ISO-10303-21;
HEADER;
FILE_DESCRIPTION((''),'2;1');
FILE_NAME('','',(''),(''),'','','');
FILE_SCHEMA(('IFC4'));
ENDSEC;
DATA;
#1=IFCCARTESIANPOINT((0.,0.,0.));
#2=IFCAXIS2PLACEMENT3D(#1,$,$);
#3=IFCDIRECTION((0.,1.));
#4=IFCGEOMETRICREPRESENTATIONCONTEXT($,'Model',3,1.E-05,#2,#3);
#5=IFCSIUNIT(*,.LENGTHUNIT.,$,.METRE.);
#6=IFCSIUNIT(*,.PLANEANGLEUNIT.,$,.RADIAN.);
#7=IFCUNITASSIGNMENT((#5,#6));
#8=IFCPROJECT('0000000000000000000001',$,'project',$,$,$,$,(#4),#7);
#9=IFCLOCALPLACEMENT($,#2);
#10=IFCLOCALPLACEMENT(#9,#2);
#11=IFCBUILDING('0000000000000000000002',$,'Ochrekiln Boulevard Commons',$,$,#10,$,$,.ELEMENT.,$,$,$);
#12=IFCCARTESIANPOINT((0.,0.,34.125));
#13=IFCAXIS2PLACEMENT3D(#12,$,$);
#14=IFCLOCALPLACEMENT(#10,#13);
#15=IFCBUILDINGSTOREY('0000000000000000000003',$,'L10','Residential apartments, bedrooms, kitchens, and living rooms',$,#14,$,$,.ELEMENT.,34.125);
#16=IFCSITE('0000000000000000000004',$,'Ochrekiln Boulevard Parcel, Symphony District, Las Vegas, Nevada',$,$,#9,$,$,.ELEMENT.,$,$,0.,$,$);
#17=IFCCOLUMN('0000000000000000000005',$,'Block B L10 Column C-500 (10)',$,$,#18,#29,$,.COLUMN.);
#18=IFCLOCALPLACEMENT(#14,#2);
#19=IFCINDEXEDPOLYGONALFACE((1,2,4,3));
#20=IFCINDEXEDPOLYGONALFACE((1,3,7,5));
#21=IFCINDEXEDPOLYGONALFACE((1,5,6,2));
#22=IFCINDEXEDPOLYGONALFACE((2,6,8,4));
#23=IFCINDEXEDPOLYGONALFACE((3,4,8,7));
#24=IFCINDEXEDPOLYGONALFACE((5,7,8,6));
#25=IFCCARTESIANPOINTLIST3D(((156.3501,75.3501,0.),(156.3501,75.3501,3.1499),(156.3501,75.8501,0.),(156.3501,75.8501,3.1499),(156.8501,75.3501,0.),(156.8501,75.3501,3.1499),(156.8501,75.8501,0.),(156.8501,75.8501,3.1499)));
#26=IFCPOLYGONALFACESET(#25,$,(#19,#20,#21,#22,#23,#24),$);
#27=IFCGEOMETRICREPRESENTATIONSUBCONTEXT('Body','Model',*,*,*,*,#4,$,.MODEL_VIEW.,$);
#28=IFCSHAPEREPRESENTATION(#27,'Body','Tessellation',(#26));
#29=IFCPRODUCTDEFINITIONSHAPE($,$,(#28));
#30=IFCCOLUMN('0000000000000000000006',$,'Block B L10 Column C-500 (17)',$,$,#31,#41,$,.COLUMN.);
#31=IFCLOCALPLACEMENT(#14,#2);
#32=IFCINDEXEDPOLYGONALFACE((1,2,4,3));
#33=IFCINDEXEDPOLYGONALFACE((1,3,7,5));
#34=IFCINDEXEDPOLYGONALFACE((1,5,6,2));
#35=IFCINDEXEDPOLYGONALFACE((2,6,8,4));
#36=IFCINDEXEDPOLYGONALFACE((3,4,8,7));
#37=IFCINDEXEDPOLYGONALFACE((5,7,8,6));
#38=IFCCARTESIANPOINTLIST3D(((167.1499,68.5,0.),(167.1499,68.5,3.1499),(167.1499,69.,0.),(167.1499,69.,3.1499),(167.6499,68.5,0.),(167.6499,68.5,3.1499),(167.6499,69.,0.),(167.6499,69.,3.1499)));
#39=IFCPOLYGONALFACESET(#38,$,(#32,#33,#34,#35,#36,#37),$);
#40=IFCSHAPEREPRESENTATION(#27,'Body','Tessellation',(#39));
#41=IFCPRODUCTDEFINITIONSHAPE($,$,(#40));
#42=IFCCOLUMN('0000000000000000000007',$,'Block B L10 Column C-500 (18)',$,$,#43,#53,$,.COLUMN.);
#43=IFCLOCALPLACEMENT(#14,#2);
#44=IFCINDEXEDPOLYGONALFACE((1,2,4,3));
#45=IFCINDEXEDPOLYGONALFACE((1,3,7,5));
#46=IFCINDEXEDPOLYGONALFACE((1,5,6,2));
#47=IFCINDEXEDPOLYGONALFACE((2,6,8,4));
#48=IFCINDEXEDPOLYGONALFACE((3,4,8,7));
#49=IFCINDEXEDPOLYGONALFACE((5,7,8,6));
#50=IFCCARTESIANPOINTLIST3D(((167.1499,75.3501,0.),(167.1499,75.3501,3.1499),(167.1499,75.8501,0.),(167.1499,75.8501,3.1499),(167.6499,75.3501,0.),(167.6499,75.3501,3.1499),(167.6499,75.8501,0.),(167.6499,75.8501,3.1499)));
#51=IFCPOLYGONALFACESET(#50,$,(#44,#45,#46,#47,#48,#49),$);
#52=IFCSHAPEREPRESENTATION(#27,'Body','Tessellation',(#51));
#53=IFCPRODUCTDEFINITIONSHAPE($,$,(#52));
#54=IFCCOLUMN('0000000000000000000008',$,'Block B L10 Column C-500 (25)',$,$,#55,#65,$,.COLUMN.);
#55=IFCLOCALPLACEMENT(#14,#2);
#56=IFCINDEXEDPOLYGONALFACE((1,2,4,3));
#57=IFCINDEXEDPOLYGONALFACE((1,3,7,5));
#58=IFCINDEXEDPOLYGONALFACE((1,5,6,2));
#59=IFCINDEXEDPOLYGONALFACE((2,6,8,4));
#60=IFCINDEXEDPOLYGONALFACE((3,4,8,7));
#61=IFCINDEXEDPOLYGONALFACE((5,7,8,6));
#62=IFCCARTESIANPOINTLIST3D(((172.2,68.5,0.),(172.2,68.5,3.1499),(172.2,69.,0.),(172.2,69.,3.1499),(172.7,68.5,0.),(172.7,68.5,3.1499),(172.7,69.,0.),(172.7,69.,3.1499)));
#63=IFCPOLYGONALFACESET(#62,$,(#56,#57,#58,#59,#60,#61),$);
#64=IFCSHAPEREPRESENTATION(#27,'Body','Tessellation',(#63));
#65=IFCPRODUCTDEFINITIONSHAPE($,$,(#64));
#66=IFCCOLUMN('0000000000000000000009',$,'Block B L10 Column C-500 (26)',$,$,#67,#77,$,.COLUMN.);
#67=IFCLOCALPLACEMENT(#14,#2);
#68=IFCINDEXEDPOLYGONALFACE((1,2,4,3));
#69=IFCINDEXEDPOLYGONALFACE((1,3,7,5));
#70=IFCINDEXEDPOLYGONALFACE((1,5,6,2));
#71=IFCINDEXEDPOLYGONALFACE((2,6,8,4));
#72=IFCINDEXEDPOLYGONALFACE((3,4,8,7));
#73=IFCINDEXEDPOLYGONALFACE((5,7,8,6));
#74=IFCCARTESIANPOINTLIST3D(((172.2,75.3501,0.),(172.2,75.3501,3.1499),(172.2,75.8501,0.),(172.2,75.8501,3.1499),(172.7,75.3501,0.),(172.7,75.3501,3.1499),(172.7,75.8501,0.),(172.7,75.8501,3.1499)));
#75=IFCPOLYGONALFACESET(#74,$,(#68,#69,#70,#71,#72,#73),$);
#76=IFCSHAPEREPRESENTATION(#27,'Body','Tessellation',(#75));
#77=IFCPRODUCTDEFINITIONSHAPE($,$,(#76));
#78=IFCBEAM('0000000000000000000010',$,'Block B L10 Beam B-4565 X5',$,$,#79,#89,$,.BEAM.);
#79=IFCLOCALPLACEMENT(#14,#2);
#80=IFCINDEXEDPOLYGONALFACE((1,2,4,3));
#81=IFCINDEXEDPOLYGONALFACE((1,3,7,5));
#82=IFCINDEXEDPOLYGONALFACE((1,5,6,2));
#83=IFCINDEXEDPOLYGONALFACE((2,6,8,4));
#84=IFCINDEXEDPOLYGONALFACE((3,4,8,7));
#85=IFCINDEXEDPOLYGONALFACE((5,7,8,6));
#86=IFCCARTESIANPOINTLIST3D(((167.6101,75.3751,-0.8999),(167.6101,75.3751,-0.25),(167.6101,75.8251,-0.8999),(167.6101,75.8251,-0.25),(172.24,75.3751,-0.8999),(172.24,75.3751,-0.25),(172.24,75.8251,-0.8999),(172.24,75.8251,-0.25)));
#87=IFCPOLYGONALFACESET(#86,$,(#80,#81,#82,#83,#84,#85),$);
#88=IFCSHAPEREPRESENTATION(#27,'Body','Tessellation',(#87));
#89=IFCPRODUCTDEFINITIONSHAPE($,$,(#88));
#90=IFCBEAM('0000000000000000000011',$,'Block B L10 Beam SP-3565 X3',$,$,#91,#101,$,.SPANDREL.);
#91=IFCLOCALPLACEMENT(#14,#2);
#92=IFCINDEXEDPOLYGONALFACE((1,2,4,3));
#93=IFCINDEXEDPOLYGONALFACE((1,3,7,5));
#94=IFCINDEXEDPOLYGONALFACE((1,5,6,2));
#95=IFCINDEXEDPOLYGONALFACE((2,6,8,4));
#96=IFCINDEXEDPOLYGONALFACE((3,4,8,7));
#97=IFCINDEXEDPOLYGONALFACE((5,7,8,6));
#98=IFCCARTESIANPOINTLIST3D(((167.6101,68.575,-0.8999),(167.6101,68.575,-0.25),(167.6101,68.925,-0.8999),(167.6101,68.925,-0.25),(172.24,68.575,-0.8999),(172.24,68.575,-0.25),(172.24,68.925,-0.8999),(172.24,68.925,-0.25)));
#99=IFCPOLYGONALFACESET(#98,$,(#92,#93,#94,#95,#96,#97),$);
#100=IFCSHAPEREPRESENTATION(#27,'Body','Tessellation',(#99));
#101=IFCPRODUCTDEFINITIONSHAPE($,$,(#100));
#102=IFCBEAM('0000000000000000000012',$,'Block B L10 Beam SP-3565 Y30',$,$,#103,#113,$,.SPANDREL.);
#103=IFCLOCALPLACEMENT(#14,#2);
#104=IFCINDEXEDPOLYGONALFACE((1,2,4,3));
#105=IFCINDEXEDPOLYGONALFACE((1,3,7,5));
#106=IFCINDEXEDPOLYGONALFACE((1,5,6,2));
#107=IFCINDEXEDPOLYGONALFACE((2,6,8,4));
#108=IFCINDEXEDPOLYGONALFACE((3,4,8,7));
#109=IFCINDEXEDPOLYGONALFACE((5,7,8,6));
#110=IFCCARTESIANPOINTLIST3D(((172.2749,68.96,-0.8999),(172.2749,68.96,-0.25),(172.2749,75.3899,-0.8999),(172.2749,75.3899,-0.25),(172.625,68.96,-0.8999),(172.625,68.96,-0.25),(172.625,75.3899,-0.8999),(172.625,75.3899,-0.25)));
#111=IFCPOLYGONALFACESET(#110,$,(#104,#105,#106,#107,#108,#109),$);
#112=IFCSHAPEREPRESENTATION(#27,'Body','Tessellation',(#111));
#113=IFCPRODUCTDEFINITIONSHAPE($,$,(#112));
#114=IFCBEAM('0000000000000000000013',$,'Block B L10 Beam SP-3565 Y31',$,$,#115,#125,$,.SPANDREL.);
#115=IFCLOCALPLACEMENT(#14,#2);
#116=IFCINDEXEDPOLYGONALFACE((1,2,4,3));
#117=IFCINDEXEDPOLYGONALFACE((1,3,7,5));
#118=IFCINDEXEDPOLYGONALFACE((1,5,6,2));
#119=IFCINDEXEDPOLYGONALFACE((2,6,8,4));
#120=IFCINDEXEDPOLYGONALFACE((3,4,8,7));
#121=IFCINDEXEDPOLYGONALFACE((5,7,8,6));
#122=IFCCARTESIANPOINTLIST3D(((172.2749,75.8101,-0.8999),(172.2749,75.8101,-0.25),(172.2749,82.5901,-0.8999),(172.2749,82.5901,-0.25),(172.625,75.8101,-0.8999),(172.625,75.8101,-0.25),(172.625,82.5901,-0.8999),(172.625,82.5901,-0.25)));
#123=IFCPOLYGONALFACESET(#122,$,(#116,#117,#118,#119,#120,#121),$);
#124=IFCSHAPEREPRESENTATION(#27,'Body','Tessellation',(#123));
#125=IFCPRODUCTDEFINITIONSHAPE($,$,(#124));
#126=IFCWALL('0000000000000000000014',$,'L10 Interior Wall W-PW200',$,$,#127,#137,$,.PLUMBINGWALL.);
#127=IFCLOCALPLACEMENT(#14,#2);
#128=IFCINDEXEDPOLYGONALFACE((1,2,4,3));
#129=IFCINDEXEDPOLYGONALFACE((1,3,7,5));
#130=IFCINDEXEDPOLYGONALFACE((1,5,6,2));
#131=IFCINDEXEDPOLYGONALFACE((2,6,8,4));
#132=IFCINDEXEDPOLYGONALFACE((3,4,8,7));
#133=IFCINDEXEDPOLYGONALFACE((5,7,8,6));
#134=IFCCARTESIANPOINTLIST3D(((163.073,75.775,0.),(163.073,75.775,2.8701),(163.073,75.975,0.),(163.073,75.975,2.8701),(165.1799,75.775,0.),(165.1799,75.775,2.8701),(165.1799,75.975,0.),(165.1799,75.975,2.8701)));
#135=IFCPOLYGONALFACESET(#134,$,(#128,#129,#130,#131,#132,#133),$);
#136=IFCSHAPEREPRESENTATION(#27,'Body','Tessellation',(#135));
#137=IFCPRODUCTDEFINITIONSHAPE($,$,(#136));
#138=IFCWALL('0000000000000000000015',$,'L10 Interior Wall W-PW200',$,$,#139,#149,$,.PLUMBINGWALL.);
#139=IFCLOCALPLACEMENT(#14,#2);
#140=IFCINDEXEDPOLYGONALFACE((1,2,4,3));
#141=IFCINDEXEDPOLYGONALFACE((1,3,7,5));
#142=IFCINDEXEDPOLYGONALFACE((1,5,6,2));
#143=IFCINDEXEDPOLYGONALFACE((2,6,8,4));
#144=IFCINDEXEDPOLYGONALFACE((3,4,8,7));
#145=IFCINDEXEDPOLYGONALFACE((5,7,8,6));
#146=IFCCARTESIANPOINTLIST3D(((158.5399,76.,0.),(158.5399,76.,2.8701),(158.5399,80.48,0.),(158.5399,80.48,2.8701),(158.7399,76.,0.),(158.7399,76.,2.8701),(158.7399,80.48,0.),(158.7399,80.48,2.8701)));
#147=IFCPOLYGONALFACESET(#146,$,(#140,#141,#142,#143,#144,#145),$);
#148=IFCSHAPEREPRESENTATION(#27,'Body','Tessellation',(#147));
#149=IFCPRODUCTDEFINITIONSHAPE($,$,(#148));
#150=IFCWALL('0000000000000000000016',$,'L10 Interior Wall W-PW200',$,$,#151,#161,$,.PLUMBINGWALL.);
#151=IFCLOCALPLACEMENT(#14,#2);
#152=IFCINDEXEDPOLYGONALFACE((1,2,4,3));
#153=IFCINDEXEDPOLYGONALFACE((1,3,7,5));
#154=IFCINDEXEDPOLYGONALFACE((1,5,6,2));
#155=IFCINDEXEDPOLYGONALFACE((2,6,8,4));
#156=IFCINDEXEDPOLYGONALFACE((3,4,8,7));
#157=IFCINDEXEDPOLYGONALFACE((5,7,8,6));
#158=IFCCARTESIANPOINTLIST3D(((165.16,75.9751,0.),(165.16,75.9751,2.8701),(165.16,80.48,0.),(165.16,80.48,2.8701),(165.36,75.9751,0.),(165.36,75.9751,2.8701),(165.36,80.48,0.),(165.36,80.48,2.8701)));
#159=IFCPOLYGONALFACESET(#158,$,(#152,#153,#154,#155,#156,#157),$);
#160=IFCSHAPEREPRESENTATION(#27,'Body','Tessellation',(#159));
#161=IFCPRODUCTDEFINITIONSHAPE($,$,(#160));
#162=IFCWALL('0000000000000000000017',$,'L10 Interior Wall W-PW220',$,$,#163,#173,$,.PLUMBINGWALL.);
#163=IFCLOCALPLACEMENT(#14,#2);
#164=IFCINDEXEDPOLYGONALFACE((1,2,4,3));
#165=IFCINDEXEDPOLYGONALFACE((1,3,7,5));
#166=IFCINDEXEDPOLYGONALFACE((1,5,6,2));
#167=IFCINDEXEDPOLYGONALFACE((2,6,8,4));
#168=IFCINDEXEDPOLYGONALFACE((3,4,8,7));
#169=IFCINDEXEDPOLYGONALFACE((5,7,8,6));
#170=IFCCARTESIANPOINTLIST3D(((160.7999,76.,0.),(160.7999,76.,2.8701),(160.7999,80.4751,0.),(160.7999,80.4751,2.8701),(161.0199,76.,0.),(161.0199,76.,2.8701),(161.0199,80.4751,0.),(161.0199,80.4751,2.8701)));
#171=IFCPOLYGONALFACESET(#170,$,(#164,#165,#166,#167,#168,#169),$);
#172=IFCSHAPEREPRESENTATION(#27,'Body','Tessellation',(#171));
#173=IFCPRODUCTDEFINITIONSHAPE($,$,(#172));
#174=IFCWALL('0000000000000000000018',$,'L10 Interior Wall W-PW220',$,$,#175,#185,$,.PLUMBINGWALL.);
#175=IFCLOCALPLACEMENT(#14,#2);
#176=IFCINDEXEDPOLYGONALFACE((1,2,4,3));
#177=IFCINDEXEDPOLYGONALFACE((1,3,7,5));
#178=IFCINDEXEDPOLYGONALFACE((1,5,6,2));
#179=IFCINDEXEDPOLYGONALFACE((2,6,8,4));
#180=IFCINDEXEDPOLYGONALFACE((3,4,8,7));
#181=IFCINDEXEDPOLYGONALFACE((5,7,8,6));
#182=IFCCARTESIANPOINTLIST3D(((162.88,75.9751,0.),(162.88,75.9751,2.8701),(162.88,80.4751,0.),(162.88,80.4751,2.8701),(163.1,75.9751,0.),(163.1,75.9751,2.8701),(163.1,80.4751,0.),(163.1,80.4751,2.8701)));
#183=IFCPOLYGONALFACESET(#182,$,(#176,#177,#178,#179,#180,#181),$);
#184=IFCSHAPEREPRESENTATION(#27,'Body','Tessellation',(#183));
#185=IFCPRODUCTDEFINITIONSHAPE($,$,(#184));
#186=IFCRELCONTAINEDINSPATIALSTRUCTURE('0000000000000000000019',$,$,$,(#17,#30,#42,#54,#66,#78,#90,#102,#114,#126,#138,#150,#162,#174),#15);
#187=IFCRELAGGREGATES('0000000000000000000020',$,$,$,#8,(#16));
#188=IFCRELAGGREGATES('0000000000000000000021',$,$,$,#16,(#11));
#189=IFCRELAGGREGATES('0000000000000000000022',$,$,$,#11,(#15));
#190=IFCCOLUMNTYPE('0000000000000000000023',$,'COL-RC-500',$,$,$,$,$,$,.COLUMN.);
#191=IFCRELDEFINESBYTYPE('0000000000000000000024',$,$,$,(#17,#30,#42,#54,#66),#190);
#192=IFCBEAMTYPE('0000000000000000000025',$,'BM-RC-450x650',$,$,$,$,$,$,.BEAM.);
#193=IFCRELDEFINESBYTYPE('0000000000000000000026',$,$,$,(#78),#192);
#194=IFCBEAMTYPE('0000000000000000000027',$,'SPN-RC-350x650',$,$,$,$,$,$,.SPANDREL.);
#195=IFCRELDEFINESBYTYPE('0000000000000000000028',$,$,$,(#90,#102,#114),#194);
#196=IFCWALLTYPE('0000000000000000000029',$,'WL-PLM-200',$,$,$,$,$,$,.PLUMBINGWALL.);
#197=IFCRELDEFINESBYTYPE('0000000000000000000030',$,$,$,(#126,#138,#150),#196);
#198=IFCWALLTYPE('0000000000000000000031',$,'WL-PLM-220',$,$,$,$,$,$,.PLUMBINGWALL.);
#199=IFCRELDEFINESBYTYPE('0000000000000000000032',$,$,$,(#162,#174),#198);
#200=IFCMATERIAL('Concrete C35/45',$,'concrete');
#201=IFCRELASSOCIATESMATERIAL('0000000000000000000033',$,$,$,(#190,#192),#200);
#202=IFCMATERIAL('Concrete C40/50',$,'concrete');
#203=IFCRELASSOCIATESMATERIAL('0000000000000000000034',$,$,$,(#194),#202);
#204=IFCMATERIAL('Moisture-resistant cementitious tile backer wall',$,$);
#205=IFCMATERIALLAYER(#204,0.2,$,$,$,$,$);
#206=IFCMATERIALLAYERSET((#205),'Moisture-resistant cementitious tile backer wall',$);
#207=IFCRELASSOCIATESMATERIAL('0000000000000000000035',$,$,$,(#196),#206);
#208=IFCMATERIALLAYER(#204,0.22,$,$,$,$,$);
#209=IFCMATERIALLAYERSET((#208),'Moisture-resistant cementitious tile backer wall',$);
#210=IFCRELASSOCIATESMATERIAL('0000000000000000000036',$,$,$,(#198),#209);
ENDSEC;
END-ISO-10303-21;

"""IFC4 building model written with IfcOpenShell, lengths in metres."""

from ifc_helpers import new_model, si_unit, direction, frame, frame_2d, origin, origin_2d, place, context, subcontext, project, spatial, rectangle, extrude, material, layer, layer_set, material_profile, profile_set, type_object, element, save


model = new_model("IFC4")

# Units and contexts
model_context = context("Model", 3, precision=1e-05, world=origin(), true_north=direction((0.0, 1.0)))
body_context = subcontext(model_context, "Body", "Model", "MODEL_VIEW")
ifc_project = project(units=[si_unit("LENGTHUNIT", "METRE"), si_unit("PLANEANGLEUNIT", "RADIAN")], contexts=[model_context])

# Site, building, storey
site_placement = place(None, origin())
site = spatial("IfcSite", under=ifc_project, at=site_placement, Name="Ochrekiln Boulevard Parcel, Symphony District, Las Vegas, Nevada", CompositionType="ELEMENT", RefElevation=0.0)
building_placement = place(site_placement, origin())
building = spatial("IfcBuilding", under=site, at=building_placement, Name="Ochrekiln Boulevard Commons", CompositionType="ELEMENT")
storey_placement = place(building_placement, frame((0.0, 0.0, 34.125)))
storey = spatial("IfcBuildingStorey", under=building, at=storey_placement, Name="L10", Description="Residential apartments, bedrooms, kitchens, and living rooms", CompositionType="ELEMENT", Elevation=34.125)

# Columns
ifc_material_1 = material(Name="Concrete C35/45", Category="concrete")
ifc_material_profile_1 = material_profile(ifc_material_1, rectangle(XDim=0.5, YDim=0.5, at=origin_2d()), Name="RC-COL-500x500")
ifc_profile_set_1 = profile_set([ifc_material_profile_1], Name="Concrete C35/45")
column_type = type_object("IfcColumnType", Name="COL-RC-500", PredefinedType="COLUMN", material=ifc_profile_set_1)
for number, where, z_axis, x_axis, name in (
    (1, (156.6001, 75.6001, 0.0), (0.0, 0.0, 1.0), (1.0, 0.0, 0.0), "Block B L10 Column C-500 (10)"),
    (2, (167.3999, 68.75, 0.0), (0.0, 0.0, 1.0), (1.0, 0.0, 0.0), "Block B L10 Column C-500 (17)"),
    (3, (167.3999, 75.6001, 0.0), (0.0, 0.0, 1.0), (1.0, 0.0, 0.0), "Block B L10 Column C-500 (18)"),
    (4, (172.45, 68.75, 0.0), (0.0, 0.0, 1.0), (1.0, 0.0, 0.0), "Block B L10 Column C-500 (25)"),
    (5, (172.45, 75.6001, 0.0), (0.0, 0.0, 1.0), (1.0, 0.0, 0.0), "Block B L10 Column C-500 (26)"),
):
    element("IfcColumn", number, at=place(storey_placement, frame(where, z_axis=z_axis, x_axis=x_axis)), inside=storey, type_object=column_type, Name=name, PredefinedType="COLUMN", context=body_context, shape_type="SweptSolid", body=[
        extrude(rectangle(XDim=0.5, YDim=0.5, at=origin_2d()), origin(), (0.0, 0.0, 1.0), 3.1499),
    ])

# Beams
ifc_material_profile_2 = material_profile(ifc_material_1, rectangle(XDim=0.45, YDim=0.6499, at=origin_2d()), Name="RC-BM-450x650")
ifc_profile_set_2 = profile_set([ifc_material_profile_2], Name="Concrete C35/45")
beam_type_1 = type_object("IfcBeamType", Name="BM-RC-450x650", PredefinedType="BEAM", material=ifc_profile_set_2)
beam_1_placement = place(storey_placement, frame((167.6101, 75.6001, -0.575), z_axis=(1.0, 0.0, 0.0), x_axis=(0.0, 1.0, 0.0)))
element("IfcBeam", 6, at=beam_1_placement, inside=storey, type_object=beam_type_1, Name="Block B L10 Beam B-4565 X5", PredefinedType="BEAM", context=body_context, shape_type="SweptSolid", body=[
    extrude(rectangle(XDim=0.45, YDim=0.6499, at=origin_2d()), origin(), (0.0, 0.0, 1.0), 4.6299),
])
ifc_material_2 = material(Name="Concrete C40/50", Category="concrete")
ifc_material_profile_3 = material_profile(ifc_material_2, rectangle(XDim=0.3501, YDim=0.6499, at=origin_2d()), Name="RC-SPN-350x650")
ifc_profile_set_3 = profile_set([ifc_material_profile_3], Name="Concrete C40/50")
beam_type_2 = type_object("IfcBeamType", Name="SPN-RC-350x650", PredefinedType="SPANDREL", material=ifc_profile_set_3)
beam_2_placement = place(storey_placement, frame((167.6101, 68.75, -0.575), z_axis=(1.0, 0.0, 0.0), x_axis=(0.0, 1.0, 0.0)))
element("IfcBeam", 7, at=beam_2_placement, inside=storey, type_object=beam_type_2, Name="Block B L10 Beam SP-3565 X3", PredefinedType="SPANDREL", context=body_context, shape_type="SweptSolid", body=[
    extrude(rectangle(XDim=0.3501, YDim=0.6499, at=origin_2d()), origin(), (0.0, 0.0, 1.0), 4.6299),
])
beam_3_placement = place(storey_placement, frame((172.45, 68.96, -0.575), z_axis=(0.0, 1.0, 0.0), x_axis=(-1.0, 0.0, 0.0)))
element("IfcBeam", 8, at=beam_3_placement, inside=storey, type_object=beam_type_2, Name="Block B L10 Beam SP-3565 Y30", PredefinedType="SPANDREL", context=body_context, shape_type="SweptSolid", body=[
    extrude(rectangle(XDim=0.3501, YDim=0.6499, at=origin_2d()), origin(), (0.0, 0.0, 1.0), 6.4299),
])
beam_4_placement = place(storey_placement, frame((172.45, 75.8101, -0.575), z_axis=(0.0, 1.0, 0.0), x_axis=(-1.0, 0.0, 0.0)))
element("IfcBeam", 9, at=beam_4_placement, inside=storey, type_object=beam_type_2, Name="Block B L10 Beam SP-3565 Y31", PredefinedType="SPANDREL", context=body_context, shape_type="SweptSolid", body=[
    extrude(rectangle(XDim=0.3501, YDim=0.6499, at=origin_2d()), origin(), (0.0, 0.0, 1.0), 6.78),
])

# Walls
ifc_material_3 = material(Name="Moisture-resistant cementitious tile backer wall")
ifc_layer_1 = layer(ifc_material_3, 0.2)
ifc_layer_set_1 = layer_set([ifc_layer_1], Name="Moisture-resistant cementitious tile backer wall")
wall_type_1 = type_object("IfcWallType", Name="WL-PLM-200", PredefinedType="PLUMBINGWALL", material=ifc_layer_set_1)
wall_1_placement = place(storey_placement, frame((163.073, 75.875, 0.0), z_axis=(0.0, 0.0, 1.0), x_axis=(1.0, 0.0, 0.0)))
element("IfcWall", 10, at=wall_1_placement, inside=storey, type_object=wall_type_1, Name="L10 Interior Wall W-PW200", PredefinedType="PLUMBINGWALL", context=body_context, shape_type="SweptSolid", body=[
    extrude(rectangle(XDim=2.1069, YDim=0.2, at=frame_2d((1.0535, 0.0))), origin(), (0.0, 0.0, 1.0), 2.8701),
])
wall_2_placement = place(storey_placement, frame((158.6399, 76.0, 0.0), z_axis=(0.0, 0.0, 1.0), x_axis=(0.0, 1.0, 0.0)))
element("IfcWall", 11, at=wall_2_placement, inside=storey, type_object=wall_type_1, Name="L10 Interior Wall W-PW200", PredefinedType="PLUMBINGWALL", context=body_context, shape_type="SweptSolid", body=[
    extrude(rectangle(XDim=4.48, YDim=0.2, at=frame_2d((2.24, 0.0))), origin(), (0.0, 0.0, 1.0), 2.8701),
])
wall_3_placement = place(storey_placement, frame((165.26, 75.9751, 0.0), z_axis=(0.0, 0.0, 1.0), x_axis=(0.0, 1.0, 0.0)))
element("IfcWall", 12, at=wall_3_placement, inside=storey, type_object=wall_type_1, Name="L10 Interior Wall W-PW200", PredefinedType="PLUMBINGWALL", context=body_context, shape_type="SweptSolid", body=[
    extrude(rectangle(XDim=4.5049, YDim=0.2, at=frame_2d((2.2524, 0.0))), origin(), (0.0, 0.0, 1.0), 2.8701),
])
ifc_layer_2 = layer(ifc_material_3, 0.22)
ifc_layer_set_2 = layer_set([ifc_layer_2], Name="Moisture-resistant cementitious tile backer wall")
wall_type_2 = type_object("IfcWallType", Name="WL-PLM-220", PredefinedType="PLUMBINGWALL", material=ifc_layer_set_2)
wall_4_placement = place(storey_placement, frame((160.9099, 76.0, 0.0), z_axis=(0.0, 0.0, 1.0), x_axis=(0.0, 1.0, 0.0)))
element("IfcWall", 13, at=wall_4_placement, inside=storey, type_object=wall_type_2, Name="L10 Interior Wall W-PW220", PredefinedType="PLUMBINGWALL", context=body_context, shape_type="SweptSolid", body=[
    extrude(rectangle(XDim=4.4751, YDim=0.22, at=frame_2d((2.2375, 0.0))), origin(), (0.0, 0.0, 1.0), 2.8701),
])
wall_5_placement = place(storey_placement, frame((162.99, 75.9751, 0.0), z_axis=(0.0, 0.0, 1.0), x_axis=(0.0, 1.0, 0.0)))
element("IfcWall", 14, at=wall_5_placement, inside=storey, type_object=wall_type_2, Name="L10 Interior Wall W-PW220", PredefinedType="PLUMBINGWALL", context=body_context, shape_type="SweptSolid", body=[
    extrude(rectangle(XDim=4.5, YDim=0.22, at=frame_2d((2.25, 0.0))), origin(), (0.0, 0.0, 1.0), 2.8701),
])

save(model, "model.ifc")
